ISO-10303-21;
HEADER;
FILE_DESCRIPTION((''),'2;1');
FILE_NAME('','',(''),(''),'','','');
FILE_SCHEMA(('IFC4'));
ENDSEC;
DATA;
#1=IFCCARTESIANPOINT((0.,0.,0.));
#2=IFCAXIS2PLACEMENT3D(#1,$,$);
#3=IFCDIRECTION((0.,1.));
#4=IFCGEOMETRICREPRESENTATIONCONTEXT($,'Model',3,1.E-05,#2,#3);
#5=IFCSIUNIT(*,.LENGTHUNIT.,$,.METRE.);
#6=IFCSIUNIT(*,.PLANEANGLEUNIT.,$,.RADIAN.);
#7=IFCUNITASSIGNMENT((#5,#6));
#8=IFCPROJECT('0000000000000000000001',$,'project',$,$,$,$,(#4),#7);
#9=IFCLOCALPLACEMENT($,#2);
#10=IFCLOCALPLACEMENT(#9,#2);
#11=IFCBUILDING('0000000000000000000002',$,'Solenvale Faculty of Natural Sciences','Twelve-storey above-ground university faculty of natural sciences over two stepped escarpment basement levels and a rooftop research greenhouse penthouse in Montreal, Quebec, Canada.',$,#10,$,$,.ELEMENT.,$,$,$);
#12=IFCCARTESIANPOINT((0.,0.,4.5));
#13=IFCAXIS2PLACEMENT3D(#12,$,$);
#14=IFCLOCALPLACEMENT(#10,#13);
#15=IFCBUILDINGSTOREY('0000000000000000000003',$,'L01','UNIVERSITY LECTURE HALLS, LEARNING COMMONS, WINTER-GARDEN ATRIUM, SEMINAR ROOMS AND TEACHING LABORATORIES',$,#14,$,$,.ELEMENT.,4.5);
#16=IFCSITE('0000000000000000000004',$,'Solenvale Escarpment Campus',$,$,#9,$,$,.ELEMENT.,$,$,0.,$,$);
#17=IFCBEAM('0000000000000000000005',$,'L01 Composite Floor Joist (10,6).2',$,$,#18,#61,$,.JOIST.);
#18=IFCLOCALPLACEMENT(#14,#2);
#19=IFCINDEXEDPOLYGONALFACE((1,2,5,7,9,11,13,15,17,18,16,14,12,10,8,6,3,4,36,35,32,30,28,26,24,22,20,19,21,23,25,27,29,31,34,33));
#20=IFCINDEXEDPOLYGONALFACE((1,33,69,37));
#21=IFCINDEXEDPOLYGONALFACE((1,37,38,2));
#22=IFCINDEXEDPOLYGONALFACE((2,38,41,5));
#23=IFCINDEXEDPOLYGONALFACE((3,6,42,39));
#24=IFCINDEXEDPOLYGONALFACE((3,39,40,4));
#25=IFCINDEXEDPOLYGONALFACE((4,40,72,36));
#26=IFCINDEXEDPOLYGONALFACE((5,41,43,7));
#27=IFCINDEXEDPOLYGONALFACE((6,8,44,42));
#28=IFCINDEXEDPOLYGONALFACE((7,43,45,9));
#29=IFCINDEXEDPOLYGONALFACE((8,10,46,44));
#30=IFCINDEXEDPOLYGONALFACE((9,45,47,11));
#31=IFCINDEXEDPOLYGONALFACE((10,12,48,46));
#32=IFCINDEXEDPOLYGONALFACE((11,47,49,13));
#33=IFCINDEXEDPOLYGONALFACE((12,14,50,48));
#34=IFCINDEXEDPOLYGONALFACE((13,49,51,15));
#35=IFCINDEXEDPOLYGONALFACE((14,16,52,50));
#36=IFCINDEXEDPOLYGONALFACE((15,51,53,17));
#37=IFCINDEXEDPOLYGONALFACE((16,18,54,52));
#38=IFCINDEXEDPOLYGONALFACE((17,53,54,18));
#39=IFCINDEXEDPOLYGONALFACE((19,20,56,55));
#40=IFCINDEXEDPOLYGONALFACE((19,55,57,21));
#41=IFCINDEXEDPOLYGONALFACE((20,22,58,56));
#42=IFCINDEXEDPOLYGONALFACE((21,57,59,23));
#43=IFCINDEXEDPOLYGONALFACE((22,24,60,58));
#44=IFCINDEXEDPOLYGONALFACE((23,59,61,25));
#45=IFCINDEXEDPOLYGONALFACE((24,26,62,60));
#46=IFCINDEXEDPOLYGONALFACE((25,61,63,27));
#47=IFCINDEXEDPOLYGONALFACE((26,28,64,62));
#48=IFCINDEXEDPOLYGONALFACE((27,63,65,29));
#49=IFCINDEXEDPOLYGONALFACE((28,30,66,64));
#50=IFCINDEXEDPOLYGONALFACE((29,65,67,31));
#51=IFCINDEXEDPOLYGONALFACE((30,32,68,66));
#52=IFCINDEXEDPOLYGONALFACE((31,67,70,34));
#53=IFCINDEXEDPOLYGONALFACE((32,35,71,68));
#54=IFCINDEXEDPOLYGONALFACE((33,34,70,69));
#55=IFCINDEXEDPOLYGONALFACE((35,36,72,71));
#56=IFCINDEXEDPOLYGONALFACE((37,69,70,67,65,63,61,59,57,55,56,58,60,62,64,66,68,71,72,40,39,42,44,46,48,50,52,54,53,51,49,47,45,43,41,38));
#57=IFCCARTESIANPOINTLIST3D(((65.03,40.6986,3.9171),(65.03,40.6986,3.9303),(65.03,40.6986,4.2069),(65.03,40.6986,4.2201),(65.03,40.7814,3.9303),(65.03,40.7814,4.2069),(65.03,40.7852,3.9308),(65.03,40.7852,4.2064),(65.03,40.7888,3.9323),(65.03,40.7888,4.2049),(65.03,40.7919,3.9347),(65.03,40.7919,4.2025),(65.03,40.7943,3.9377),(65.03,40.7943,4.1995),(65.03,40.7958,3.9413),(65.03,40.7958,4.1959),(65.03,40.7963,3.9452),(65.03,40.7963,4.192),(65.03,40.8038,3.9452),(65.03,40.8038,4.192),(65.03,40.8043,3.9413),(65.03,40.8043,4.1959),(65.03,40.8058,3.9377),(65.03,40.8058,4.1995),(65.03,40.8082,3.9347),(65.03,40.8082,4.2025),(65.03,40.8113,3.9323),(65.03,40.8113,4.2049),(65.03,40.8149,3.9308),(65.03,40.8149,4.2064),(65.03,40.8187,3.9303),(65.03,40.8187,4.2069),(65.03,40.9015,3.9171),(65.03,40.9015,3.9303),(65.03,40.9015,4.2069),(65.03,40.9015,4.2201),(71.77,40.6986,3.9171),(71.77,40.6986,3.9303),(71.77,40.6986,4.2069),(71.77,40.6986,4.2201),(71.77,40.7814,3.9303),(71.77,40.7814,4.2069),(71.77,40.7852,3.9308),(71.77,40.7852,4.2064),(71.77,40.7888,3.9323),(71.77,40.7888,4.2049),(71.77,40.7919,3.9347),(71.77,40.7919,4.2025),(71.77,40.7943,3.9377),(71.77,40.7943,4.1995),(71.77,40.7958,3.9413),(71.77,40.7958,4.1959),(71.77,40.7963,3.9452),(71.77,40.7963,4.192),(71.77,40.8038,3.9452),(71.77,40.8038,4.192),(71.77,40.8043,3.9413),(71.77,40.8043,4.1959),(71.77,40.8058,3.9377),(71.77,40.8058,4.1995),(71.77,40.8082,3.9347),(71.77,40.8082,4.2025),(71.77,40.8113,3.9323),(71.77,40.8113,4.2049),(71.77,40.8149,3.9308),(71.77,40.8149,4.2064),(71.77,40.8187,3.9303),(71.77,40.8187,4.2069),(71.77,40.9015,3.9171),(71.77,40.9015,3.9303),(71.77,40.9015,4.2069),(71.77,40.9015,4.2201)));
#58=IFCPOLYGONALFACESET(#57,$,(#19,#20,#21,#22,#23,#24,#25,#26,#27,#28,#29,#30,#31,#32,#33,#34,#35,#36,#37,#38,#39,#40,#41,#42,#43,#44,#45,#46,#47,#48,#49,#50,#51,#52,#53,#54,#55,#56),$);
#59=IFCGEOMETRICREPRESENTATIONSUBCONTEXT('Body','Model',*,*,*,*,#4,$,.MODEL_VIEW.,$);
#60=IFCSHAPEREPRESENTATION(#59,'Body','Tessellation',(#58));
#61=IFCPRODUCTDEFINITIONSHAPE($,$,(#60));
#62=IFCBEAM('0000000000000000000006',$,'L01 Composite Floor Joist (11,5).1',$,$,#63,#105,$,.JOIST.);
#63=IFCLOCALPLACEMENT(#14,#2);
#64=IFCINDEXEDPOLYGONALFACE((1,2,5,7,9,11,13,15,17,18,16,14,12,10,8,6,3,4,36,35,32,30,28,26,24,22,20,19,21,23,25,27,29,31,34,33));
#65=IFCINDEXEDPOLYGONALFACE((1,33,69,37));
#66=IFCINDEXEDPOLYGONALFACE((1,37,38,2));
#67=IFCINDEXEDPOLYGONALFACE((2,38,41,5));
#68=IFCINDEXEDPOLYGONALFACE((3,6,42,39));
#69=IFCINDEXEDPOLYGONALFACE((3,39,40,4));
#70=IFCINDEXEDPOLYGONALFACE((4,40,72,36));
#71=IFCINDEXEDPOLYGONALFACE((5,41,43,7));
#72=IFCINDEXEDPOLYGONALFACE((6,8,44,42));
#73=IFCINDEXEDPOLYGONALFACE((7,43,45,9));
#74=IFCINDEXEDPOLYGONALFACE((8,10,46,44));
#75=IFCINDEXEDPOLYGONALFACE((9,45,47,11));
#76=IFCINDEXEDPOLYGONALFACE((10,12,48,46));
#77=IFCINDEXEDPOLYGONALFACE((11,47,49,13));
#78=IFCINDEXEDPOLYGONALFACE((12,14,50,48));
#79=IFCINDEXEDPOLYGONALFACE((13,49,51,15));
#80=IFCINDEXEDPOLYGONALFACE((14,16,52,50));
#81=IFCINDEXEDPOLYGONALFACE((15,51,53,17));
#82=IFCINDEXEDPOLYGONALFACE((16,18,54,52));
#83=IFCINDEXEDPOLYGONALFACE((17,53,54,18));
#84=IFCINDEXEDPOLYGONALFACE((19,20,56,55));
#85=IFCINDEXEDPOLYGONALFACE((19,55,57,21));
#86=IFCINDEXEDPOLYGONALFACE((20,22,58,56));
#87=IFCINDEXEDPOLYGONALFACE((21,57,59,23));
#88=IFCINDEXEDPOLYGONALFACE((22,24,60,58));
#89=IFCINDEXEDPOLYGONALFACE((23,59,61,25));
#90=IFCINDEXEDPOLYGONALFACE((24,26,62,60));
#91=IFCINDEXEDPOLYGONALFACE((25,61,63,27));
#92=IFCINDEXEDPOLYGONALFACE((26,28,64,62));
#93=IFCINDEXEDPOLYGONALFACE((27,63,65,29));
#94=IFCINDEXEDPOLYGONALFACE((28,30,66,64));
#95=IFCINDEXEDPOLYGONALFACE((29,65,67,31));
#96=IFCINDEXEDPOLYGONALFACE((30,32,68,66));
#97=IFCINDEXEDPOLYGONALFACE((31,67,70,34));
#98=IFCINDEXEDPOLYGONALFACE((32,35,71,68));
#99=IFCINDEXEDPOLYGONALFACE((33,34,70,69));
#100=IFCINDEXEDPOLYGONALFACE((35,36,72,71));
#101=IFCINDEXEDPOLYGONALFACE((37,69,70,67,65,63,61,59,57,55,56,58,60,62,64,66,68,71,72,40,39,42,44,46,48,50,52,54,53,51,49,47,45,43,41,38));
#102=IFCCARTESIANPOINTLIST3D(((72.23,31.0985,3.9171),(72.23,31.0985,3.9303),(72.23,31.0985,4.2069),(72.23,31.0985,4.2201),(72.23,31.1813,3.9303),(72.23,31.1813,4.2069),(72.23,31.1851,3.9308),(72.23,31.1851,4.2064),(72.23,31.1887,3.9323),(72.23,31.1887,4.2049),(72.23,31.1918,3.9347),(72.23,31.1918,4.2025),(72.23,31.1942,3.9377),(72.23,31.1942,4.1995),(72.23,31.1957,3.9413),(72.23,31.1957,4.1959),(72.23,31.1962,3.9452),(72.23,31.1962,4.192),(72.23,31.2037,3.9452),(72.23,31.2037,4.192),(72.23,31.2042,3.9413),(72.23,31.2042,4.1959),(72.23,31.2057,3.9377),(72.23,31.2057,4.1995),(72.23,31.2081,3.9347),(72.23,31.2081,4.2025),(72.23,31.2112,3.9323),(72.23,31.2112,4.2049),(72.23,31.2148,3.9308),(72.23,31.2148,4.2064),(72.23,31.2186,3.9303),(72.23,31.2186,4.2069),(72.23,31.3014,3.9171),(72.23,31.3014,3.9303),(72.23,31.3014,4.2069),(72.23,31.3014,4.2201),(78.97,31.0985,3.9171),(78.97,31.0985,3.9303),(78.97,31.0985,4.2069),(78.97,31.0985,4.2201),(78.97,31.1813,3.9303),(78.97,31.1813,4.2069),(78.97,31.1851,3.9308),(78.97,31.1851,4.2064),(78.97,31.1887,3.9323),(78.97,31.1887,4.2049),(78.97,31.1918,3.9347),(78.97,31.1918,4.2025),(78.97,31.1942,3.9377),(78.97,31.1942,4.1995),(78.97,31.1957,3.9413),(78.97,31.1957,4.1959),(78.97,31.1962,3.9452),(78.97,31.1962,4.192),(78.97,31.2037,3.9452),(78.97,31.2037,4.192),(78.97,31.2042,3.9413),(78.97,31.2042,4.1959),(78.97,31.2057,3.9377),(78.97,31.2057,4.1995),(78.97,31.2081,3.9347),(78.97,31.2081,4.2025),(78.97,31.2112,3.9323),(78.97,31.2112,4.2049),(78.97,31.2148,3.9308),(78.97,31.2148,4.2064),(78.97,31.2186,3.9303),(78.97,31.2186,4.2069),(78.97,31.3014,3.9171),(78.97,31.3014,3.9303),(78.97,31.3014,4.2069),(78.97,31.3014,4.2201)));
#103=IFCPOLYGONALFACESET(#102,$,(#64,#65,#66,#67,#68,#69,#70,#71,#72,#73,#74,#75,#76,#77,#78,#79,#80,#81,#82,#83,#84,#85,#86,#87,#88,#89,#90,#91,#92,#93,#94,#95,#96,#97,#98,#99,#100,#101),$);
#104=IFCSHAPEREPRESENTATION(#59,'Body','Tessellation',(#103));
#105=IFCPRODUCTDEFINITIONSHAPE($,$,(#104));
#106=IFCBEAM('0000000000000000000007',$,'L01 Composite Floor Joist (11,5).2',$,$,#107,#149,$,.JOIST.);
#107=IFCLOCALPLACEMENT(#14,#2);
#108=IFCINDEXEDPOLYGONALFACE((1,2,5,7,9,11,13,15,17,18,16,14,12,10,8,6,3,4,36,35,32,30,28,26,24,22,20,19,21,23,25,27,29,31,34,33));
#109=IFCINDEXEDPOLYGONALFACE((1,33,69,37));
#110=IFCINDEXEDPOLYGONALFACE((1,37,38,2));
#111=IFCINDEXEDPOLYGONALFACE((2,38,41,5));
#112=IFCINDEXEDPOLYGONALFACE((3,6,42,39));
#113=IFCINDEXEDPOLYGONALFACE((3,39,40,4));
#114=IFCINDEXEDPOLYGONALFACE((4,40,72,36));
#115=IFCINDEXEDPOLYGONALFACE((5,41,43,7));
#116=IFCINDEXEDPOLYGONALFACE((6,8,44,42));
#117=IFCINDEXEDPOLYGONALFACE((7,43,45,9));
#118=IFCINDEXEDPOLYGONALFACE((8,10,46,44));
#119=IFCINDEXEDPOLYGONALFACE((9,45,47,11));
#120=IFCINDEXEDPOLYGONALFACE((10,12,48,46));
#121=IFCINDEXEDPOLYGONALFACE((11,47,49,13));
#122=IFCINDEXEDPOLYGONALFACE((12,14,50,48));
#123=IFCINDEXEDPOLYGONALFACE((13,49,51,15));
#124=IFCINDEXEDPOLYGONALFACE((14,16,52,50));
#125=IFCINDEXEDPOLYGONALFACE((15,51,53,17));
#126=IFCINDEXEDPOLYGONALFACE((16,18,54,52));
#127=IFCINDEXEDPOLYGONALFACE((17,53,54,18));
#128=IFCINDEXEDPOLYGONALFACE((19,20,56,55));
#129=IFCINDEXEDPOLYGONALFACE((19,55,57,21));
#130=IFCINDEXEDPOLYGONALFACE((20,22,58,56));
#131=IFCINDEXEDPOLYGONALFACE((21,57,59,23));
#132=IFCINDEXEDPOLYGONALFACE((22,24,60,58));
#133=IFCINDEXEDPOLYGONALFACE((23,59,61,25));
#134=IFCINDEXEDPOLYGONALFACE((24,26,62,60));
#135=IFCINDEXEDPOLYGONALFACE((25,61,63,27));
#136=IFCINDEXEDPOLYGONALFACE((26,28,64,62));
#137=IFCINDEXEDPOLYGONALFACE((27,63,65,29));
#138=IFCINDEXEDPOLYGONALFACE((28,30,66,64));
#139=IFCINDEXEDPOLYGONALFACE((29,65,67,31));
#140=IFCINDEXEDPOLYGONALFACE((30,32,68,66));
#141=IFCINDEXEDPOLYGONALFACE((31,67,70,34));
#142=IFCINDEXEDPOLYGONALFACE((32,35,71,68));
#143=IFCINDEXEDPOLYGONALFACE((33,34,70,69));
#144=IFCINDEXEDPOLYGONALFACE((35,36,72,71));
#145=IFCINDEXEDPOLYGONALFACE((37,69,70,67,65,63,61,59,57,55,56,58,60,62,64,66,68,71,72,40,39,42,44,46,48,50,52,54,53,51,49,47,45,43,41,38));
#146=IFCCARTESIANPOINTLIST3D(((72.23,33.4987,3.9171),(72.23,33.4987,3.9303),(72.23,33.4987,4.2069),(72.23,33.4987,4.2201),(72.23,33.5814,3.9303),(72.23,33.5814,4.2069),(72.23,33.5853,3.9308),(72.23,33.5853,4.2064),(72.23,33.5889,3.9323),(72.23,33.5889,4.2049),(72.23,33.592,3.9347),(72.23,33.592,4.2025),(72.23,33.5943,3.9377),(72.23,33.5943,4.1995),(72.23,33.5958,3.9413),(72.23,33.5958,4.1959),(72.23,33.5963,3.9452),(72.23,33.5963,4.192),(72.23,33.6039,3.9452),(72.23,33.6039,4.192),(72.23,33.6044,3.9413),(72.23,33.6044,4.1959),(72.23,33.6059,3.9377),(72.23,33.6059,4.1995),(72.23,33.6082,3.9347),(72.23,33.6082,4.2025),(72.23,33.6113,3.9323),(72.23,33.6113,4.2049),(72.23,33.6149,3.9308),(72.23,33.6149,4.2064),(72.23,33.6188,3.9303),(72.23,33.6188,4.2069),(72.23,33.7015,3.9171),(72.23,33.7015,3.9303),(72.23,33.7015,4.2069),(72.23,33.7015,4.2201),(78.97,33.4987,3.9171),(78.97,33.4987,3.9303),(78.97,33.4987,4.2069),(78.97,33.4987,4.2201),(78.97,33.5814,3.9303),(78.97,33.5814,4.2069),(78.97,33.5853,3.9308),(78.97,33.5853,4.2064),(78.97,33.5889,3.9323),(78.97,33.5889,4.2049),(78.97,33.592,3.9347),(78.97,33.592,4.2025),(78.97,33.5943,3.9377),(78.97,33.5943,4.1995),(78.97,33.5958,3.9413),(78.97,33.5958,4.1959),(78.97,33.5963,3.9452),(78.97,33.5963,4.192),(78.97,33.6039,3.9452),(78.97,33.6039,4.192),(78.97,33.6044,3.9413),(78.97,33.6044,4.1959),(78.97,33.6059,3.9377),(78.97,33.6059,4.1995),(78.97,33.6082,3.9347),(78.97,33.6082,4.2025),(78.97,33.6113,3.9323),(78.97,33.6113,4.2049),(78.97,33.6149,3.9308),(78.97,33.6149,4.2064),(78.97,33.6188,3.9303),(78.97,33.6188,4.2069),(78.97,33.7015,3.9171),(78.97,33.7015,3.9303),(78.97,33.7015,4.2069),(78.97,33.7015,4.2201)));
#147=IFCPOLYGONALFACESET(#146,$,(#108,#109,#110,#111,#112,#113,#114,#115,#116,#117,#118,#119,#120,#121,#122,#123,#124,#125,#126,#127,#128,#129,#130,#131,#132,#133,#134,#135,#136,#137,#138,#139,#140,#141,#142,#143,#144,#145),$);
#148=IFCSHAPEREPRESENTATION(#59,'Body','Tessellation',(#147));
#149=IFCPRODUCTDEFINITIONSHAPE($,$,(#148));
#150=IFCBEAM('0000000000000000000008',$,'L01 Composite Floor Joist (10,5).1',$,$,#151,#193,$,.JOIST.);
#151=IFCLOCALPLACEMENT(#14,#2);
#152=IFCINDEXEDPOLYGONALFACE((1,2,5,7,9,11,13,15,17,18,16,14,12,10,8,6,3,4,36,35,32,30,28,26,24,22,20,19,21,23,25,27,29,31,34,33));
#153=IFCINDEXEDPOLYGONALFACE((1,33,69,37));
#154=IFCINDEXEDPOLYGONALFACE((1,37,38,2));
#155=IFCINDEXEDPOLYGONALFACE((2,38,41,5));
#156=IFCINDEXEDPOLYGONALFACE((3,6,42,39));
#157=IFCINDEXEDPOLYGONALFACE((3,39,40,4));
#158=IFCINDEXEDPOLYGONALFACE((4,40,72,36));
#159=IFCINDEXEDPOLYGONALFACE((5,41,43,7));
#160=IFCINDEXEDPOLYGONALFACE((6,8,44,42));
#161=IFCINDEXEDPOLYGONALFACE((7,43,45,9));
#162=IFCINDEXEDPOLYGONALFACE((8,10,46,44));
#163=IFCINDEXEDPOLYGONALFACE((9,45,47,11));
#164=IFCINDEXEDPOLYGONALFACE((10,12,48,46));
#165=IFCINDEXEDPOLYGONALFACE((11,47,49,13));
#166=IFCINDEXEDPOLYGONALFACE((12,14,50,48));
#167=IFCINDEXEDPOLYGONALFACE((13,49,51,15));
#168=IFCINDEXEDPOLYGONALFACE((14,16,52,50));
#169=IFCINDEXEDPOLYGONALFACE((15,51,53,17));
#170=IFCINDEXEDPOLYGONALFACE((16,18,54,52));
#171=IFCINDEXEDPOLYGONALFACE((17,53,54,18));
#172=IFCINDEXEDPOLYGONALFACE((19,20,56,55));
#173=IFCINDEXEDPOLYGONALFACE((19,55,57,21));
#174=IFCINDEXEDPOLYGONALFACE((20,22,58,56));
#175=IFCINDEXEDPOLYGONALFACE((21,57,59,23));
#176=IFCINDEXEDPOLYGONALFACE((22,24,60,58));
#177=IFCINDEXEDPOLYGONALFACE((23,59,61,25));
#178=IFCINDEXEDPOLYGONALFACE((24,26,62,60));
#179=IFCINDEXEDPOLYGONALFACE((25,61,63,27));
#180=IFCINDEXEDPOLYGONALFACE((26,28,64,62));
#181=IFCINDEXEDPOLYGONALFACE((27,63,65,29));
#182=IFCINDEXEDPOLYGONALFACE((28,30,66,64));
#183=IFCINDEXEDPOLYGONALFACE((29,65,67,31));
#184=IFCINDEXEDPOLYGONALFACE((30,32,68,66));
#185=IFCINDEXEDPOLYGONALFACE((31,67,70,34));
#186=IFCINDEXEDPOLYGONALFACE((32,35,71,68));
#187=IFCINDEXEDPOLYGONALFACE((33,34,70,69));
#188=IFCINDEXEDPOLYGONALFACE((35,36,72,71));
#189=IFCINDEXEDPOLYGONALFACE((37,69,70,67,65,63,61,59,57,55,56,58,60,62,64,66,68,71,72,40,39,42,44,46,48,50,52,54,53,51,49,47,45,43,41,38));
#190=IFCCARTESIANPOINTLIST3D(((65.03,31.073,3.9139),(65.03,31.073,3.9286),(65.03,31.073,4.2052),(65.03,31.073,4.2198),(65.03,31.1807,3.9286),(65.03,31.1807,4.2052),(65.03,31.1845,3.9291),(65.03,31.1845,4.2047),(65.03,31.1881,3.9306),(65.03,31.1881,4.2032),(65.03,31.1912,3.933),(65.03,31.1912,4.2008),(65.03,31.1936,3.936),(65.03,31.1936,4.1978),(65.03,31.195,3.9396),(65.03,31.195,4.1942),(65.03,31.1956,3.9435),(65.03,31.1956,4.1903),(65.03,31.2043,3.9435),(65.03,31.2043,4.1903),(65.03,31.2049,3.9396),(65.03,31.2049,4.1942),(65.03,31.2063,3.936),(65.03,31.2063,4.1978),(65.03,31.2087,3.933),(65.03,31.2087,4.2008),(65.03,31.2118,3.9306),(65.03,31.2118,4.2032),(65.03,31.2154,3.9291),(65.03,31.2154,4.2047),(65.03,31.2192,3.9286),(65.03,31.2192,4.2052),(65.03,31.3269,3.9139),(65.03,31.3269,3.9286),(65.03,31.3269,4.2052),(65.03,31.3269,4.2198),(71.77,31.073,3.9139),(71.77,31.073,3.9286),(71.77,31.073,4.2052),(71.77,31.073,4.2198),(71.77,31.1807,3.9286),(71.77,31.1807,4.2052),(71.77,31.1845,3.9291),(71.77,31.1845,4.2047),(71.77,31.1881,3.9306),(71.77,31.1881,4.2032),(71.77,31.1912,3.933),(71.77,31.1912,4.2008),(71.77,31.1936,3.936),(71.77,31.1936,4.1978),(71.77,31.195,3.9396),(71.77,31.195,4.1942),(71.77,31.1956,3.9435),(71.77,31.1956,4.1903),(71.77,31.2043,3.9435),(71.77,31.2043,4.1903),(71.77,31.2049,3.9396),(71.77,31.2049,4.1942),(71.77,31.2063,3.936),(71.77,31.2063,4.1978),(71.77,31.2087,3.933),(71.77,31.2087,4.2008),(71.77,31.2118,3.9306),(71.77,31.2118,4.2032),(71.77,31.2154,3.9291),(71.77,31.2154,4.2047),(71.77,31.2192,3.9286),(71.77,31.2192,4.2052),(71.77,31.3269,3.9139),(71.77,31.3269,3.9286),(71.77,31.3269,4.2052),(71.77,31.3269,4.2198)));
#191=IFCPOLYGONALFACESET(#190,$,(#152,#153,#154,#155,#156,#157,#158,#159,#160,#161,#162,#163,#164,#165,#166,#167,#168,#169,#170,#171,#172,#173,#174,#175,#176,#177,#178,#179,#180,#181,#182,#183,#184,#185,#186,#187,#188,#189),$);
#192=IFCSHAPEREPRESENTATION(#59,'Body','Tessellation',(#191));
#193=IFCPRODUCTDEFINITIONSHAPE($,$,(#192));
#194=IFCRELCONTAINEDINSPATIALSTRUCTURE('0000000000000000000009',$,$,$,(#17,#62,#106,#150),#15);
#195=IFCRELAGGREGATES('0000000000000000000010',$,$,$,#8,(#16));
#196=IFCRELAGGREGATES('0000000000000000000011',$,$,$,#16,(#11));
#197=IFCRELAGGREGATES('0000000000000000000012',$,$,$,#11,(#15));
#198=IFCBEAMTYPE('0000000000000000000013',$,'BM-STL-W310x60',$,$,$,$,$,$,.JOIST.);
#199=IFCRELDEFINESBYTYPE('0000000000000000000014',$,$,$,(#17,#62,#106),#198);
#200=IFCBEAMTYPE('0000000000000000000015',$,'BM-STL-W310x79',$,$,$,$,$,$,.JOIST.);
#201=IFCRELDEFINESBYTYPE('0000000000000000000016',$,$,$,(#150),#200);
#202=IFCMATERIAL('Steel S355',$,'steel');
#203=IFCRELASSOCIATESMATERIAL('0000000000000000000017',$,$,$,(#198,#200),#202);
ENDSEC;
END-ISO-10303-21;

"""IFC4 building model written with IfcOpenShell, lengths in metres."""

from ifc_helpers import new_model, si_unit, direction, frame, origin, origin_2d, place, context, subcontext, project, spatial, i_section, extrude, material, material_profile, profile_set, type_object, element, save


model = new_model("IFC4")

# Units and contexts
model_context = context("Model", 3, precision=1e-05, world=origin(), true_north=direction((0.0, 1.0)))
body_context = subcontext(model_context, "Body", "Model", "MODEL_VIEW")
ifc_project = project(units=[si_unit("LENGTHUNIT", "METRE"), si_unit("PLANEANGLEUNIT", "RADIAN")], contexts=[model_context])

# Site, building, storey
site_placement = place(None, origin())
site = spatial("IfcSite", under=ifc_project, at=site_placement, Name="Solenvale Escarpment Campus", CompositionType="ELEMENT", RefElevation=0.0)
building_placement = place(site_placement, origin())
building = spatial("IfcBuilding", under=site, at=building_placement, Name="Solenvale Faculty of Natural Sciences", Description="Twelve-storey above-ground university faculty of natural sciences over two stepped escarpment basement levels and a rooftop research greenhouse penthouse in Montreal, Quebec, Canada.", CompositionType="ELEMENT")
storey_placement = place(building_placement, frame((0.0, 0.0, 4.5)))
storey = spatial("IfcBuildingStorey", under=building, at=storey_placement, Name="L01", Description="UNIVERSITY LECTURE HALLS, LEARNING COMMONS, WINTER-GARDEN ATRIUM, SEMINAR ROOMS AND TEACHING LABORATORIES", CompositionType="ELEMENT", Elevation=4.5)

# Beams
ifc_material_1 = material(Name="Steel S355", Category="steel")
ifc_material_profile_1 = material_profile(ifc_material_1, i_section(OverallWidth=0.2029, OverallDepth=0.303, WebThickness=0.0076, FlangeThickness=0.0132, FilletRadius=0.0149, at=origin_2d()), Name="W310x60")
ifc_profile_set_1 = profile_set([ifc_material_profile_1], Name="Steel S355")
beam_type_1 = type_object("IfcBeamType", Name="BM-STL-W310x60", PredefinedType="JOIST", material=ifc_profile_set_1)
for number, where, z_axis, x_axis, name in (
    (1, (65.03, 40.8, 4.0686), (1.0, 0.0, 0.0), (0.0, 1.0, 0.0), "L01 Composite Floor Joist (10,6).2"),
    (2, (72.23, 31.2, 4.0686), (1.0, 0.0, 0.0), (0.0, 1.0, 0.0), "L01 Composite Floor Joist (11,5).1"),
    (3, (72.23, 33.6001, 4.0686), (1.0, 0.0, 0.0), (0.0, 1.0, 0.0), "L01 Composite Floor Joist (11,5).2"),
):
    element("IfcBeam", number, at=place(storey_placement, frame(where, z_axis=z_axis, x_axis=x_axis)), inside=storey, type_object=beam_type_1, Name=name, PredefinedType="JOIST", context=body_context, shape_type="SweptSolid", body=[
        extrude(i_section(OverallWidth=0.2029, OverallDepth=0.303, WebThickness=0.0076, FlangeThickness=0.0132, FilletRadius=0.0149, at=origin_2d()), origin(), (0.0, 0.0, 1.0), 6.74),
    ])
ifc_material_profile_2 = material_profile(ifc_material_1, i_section(OverallWidth=0.2539, OverallDepth=0.3059, WebThickness=0.0088, FlangeThickness=0.0146, FilletRadius=0.0149, at=origin_2d()), Name="W310x79")
ifc_profile_set_2 = profile_set([ifc_material_profile_2], Name="Steel S355")
beam_type_2 = type_object("IfcBeamType", Name="BM-STL-W310x79", PredefinedType="JOIST", material=ifc_profile_set_2)
for number, where, z_axis, x_axis, name in (
    (4, (65.03, 31.2, 4.0669), (1.0, 0.0, 0.0), (0.0, 1.0, 0.0), "L01 Composite Floor Joist (10,5).1"),
):
    element("IfcBeam", number, at=place(storey_placement, frame(where, z_axis=z_axis, x_axis=x_axis)), inside=storey, type_object=beam_type_2, Name=name, PredefinedType="JOIST", context=body_context, shape_type="SweptSolid", body=[
        extrude(i_section(OverallWidth=0.2539, OverallDepth=0.3059, WebThickness=0.0088, FlangeThickness=0.0146, FilletRadius=0.0149, at=origin_2d()), origin(), (0.0, 0.0, 1.0), 6.74),
    ])

save(model, "model.ifc")
